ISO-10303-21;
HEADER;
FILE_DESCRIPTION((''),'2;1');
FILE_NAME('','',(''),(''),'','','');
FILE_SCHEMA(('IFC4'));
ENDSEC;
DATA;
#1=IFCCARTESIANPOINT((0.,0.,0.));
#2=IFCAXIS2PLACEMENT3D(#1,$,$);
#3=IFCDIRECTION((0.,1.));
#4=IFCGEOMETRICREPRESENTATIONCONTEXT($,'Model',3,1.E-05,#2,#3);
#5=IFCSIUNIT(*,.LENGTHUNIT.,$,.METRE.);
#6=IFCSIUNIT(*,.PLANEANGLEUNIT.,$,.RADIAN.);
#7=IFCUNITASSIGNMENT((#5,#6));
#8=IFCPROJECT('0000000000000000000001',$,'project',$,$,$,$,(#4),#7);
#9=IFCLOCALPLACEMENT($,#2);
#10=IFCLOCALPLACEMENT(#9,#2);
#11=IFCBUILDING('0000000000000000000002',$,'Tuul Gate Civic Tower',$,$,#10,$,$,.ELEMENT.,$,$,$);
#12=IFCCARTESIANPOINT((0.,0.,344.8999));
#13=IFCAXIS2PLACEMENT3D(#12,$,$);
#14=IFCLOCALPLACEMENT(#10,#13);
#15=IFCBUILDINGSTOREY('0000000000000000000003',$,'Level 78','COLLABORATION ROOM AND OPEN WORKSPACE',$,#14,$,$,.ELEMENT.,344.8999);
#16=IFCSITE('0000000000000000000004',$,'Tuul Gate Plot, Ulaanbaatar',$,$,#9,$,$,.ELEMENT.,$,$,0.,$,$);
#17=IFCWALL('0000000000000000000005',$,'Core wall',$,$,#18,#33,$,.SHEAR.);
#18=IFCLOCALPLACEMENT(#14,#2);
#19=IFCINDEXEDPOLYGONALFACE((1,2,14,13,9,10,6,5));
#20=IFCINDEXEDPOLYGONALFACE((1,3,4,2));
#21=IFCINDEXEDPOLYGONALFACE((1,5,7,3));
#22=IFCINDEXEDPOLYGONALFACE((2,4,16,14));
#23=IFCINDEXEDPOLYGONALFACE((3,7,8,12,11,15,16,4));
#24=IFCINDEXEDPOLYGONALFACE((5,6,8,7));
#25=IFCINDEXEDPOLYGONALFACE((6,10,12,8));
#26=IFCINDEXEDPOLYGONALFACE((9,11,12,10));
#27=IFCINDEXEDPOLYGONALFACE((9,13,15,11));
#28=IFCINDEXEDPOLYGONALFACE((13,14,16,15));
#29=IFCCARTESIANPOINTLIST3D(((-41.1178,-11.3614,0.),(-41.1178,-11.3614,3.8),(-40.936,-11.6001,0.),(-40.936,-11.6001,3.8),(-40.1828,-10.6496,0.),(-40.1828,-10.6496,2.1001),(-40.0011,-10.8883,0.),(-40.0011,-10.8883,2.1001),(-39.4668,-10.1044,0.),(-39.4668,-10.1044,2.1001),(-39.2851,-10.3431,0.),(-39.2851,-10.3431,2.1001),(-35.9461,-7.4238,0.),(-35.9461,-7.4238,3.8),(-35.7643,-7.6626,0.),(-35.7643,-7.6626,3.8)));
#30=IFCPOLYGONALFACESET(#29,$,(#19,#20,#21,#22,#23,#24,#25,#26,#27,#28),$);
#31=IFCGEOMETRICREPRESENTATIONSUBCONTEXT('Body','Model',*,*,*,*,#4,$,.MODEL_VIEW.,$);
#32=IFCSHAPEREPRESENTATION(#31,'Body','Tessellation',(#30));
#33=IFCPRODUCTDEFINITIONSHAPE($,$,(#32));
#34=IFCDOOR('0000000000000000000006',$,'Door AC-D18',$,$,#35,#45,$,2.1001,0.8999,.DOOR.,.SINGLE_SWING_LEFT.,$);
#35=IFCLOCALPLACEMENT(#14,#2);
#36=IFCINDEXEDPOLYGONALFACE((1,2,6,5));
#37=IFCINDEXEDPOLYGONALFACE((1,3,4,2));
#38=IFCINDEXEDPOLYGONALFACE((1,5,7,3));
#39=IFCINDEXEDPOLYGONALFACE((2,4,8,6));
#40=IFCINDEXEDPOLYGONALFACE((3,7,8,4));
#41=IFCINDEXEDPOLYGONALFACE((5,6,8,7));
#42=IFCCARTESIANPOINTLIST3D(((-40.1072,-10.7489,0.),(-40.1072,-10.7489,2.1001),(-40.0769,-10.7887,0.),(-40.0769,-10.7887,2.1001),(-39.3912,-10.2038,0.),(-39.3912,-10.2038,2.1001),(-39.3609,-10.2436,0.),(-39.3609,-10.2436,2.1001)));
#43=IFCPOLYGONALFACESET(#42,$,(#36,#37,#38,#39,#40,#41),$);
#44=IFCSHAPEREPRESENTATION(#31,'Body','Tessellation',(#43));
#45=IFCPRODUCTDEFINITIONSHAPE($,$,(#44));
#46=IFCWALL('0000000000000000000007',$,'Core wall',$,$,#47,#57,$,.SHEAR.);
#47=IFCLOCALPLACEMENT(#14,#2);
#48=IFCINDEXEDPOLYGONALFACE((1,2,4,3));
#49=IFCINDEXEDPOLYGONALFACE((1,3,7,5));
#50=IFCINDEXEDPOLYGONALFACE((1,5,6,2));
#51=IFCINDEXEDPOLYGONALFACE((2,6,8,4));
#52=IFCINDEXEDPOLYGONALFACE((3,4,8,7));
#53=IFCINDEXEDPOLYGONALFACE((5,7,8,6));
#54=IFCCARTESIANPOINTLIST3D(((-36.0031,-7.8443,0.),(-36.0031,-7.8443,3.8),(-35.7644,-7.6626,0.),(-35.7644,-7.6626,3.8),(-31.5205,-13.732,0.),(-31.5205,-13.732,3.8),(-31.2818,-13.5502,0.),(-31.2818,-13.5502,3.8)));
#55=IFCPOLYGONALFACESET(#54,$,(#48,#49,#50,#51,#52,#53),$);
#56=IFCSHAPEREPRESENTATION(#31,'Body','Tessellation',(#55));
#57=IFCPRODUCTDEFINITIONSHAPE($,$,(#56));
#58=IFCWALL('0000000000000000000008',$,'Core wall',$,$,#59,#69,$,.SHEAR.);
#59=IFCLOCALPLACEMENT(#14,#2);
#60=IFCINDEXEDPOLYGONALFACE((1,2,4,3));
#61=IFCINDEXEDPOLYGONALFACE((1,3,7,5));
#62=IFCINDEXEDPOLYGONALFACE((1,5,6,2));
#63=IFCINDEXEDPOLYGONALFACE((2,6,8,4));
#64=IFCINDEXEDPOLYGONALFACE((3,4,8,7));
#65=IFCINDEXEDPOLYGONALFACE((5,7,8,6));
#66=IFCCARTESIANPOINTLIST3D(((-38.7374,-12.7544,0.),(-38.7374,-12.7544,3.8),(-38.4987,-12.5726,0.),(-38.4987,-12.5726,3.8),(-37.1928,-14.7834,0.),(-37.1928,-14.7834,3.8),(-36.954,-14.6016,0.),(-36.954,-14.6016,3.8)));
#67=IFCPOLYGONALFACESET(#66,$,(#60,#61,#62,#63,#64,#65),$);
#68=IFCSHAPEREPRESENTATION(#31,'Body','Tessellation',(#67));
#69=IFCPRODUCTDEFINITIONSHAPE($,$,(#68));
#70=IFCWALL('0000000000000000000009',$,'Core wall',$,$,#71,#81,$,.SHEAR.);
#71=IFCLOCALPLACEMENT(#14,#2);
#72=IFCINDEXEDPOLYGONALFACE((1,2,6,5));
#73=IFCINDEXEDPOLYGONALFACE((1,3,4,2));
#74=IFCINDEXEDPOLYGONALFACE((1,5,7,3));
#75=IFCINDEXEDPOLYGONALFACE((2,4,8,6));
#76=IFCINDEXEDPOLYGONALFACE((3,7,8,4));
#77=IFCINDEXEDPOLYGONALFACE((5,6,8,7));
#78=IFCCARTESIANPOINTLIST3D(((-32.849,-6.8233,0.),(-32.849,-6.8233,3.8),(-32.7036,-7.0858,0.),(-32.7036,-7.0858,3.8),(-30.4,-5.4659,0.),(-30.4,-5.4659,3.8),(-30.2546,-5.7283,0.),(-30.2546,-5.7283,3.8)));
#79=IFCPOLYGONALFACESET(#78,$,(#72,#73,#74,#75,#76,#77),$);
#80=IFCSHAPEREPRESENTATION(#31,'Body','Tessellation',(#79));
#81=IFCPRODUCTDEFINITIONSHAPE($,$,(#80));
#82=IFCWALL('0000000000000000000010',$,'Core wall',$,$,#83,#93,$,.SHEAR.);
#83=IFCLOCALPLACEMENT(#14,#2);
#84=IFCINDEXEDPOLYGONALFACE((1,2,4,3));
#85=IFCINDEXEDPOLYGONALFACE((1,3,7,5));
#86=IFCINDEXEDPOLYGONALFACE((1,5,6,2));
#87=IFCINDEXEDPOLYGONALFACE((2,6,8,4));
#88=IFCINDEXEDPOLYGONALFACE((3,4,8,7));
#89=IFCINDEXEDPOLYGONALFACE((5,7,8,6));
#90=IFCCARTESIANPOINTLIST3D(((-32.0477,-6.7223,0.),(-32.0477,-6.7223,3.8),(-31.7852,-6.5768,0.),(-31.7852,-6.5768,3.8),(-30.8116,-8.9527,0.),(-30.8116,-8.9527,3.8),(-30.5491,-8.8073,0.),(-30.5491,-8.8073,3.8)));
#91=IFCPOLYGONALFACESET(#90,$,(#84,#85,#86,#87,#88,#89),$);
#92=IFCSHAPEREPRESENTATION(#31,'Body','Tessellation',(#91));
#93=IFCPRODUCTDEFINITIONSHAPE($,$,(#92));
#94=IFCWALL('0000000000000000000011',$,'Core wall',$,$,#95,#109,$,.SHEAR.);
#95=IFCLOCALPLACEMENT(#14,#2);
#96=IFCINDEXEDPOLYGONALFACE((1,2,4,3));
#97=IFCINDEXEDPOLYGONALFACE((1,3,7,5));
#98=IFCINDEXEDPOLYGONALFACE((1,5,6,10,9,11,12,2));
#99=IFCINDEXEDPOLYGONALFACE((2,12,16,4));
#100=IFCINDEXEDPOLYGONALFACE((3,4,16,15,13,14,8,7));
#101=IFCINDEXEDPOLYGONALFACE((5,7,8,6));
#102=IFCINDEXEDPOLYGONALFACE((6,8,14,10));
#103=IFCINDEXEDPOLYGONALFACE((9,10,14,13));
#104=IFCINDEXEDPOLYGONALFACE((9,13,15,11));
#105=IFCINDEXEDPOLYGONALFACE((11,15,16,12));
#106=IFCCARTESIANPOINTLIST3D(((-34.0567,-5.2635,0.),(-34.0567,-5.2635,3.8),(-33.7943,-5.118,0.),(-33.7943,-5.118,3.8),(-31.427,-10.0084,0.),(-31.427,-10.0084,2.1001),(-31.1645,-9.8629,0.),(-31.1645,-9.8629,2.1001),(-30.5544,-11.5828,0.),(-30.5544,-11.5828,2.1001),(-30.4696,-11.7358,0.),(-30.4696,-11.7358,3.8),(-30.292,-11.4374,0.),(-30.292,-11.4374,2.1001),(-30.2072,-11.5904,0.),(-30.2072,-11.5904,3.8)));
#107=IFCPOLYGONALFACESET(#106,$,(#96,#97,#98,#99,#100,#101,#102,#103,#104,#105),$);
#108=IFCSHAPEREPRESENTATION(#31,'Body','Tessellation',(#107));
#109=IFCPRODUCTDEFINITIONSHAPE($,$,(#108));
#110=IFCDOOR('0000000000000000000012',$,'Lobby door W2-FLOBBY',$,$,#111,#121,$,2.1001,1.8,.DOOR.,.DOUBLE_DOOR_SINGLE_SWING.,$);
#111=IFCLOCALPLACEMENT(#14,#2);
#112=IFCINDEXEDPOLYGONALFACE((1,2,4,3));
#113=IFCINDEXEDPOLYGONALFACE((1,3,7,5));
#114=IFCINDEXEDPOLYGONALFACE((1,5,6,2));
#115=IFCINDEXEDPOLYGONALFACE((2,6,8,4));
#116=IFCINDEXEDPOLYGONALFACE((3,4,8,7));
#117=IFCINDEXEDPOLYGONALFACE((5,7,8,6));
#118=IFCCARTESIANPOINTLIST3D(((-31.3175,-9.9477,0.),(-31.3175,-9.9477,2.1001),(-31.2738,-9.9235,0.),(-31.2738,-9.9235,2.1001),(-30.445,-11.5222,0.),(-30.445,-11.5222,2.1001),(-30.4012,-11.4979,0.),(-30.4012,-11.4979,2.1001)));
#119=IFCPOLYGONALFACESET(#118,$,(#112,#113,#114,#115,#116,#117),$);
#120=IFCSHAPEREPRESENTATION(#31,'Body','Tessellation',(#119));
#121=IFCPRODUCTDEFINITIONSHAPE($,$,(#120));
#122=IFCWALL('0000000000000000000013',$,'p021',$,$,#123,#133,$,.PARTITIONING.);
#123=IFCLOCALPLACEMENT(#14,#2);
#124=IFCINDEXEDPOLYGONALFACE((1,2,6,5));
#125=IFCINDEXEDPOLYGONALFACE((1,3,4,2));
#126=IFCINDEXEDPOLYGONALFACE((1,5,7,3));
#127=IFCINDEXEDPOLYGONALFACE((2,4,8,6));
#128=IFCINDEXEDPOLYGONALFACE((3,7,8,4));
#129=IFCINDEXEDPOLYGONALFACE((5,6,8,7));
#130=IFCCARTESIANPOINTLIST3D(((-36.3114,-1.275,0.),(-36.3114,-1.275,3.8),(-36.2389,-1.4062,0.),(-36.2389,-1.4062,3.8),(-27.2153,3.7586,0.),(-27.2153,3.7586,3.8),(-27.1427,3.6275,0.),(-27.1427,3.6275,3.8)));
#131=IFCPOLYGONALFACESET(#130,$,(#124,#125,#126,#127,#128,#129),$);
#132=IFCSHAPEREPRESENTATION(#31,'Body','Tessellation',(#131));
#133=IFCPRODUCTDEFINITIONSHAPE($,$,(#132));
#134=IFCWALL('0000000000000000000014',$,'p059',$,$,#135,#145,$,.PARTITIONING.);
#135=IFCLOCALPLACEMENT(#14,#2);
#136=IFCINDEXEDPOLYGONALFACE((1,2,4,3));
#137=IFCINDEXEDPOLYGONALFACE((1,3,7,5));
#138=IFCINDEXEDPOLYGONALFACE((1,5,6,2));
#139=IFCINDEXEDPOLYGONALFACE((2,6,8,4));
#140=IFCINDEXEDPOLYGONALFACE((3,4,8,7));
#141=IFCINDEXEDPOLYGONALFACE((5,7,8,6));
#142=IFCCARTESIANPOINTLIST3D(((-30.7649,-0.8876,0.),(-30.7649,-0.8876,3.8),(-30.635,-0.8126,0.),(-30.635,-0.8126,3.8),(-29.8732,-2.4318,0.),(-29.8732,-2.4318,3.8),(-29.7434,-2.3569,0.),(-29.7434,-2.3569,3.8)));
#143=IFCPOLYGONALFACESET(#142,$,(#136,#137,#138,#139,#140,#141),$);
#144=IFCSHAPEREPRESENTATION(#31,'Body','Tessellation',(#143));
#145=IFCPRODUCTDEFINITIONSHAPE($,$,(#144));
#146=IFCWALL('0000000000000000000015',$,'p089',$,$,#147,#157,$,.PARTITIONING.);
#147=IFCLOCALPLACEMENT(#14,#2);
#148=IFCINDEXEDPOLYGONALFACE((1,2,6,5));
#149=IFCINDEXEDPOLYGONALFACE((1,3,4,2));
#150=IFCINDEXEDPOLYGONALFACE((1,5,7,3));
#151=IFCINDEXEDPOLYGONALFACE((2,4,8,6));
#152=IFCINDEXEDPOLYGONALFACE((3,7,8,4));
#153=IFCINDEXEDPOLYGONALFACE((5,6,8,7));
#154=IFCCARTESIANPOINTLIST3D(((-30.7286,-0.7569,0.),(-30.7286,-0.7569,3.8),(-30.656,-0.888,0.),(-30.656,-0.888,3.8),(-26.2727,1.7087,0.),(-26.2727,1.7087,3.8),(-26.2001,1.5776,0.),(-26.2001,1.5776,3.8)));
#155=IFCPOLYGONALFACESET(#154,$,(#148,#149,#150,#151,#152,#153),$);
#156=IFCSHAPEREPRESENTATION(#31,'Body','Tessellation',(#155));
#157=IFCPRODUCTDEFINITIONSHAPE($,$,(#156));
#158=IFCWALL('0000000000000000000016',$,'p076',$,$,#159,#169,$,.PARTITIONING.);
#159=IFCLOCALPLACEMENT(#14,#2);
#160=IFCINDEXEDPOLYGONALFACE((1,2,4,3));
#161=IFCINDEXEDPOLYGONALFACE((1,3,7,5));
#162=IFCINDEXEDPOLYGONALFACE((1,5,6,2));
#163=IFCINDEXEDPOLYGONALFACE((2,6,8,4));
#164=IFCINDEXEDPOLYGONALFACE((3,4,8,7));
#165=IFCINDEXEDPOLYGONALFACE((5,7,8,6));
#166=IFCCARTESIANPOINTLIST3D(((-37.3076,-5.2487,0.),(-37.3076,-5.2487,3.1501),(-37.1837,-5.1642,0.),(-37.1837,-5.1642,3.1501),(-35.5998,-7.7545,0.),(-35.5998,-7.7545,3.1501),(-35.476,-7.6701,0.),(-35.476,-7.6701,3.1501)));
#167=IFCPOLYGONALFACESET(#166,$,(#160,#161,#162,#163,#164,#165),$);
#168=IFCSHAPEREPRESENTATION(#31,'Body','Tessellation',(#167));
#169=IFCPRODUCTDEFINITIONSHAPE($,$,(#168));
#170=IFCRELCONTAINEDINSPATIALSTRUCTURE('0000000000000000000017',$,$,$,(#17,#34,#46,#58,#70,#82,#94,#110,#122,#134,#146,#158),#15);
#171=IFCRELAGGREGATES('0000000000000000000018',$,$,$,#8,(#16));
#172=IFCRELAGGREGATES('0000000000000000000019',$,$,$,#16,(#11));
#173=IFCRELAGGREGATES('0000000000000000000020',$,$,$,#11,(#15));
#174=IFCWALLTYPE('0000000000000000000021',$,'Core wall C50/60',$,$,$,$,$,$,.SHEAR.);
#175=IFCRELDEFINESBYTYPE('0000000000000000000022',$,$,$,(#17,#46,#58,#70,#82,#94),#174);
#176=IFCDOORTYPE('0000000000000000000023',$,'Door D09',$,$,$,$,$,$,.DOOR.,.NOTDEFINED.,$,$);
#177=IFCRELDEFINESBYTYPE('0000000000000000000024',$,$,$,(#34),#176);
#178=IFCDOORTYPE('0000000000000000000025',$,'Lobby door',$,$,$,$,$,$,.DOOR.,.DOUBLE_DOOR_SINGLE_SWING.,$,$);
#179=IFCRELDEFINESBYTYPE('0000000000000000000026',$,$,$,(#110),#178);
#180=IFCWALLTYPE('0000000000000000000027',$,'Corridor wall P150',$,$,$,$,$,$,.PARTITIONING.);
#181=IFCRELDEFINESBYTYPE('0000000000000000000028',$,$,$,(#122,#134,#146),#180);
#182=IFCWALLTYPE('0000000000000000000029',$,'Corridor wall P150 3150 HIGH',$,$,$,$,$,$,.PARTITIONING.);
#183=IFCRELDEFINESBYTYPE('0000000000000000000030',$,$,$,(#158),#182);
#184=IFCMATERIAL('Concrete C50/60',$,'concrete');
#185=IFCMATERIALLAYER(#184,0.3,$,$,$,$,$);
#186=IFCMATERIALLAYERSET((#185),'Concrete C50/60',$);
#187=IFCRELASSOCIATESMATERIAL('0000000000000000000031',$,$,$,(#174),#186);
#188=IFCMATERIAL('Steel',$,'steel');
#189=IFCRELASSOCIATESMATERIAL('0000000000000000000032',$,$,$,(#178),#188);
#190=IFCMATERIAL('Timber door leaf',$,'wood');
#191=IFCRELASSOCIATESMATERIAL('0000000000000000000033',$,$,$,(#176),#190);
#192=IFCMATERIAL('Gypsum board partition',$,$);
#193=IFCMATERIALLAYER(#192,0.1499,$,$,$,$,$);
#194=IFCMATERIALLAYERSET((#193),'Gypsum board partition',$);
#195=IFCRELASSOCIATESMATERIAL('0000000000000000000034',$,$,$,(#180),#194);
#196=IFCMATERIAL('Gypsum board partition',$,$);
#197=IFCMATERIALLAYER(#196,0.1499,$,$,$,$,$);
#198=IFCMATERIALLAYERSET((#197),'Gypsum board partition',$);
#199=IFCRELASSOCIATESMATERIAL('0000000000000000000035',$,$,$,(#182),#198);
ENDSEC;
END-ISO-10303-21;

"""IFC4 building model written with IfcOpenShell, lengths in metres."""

from ifc_helpers import new_model, si_unit, direction, frame, frame_2d, origin, place, context, subcontext, project, spatial, rectangle, extrude, material, layer, layer_set, type_object, element, fill, save


model = new_model("IFC4")

# Units and contexts
model_context = context("Model", 3, precision=1e-05, world=origin(), true_north=direction((0.0, 1.0)))
body_context = subcontext(model_context, "Body", "Model", "MODEL_VIEW")
ifc_project = project(units=[si_unit("LENGTHUNIT", "METRE"), si_unit("PLANEANGLEUNIT", "RADIAN")], contexts=[model_context])

# Site, building, storey
site_placement = place(None, origin())
site = spatial("IfcSite", under=ifc_project, at=site_placement, Name="Tuul Gate Plot, Ulaanbaatar", CompositionType="ELEMENT", RefElevation=0.0)
building_placement = place(site_placement, origin())
building = spatial("IfcBuilding", under=site, at=building_placement, Name="Tuul Gate Civic Tower", CompositionType="ELEMENT")
storey_placement = place(building_placement, frame((0.0, 0.0, 344.8999)))
storey = spatial("IfcBuildingStorey", under=building, at=storey_placement, Name="Level 78", Description="COLLABORATION ROOM AND OPEN WORKSPACE", CompositionType="ELEMENT", Elevation=344.8999)

# Shared definitions
ifc_material_1 = material(Name="Concrete C50/60", Category="concrete")
ifc_layer_1 = layer(ifc_material_1, 0.3)
ifc_layer_set_1 = layer_set([ifc_layer_1], Name="Concrete C50/60")
wall_type_1 = type_object("IfcWallType", Name="Core wall C50/60", PredefinedType="SHEAR", material=ifc_layer_set_1)
ifc_material_2 = material(Name="Steel", Category="steel")
door_type_1 = type_object("IfcDoorType", Name="Lobby door", OperationType="DOUBLE_DOOR_SINGLE_SWING", PredefinedType="DOOR", material=ifc_material_2)

# Wall, opening, door
wall_1_placement = place(storey_placement, frame((-35.8552, -7.5432, 0.0), z_axis=(0.0, 0.0, 1.0), x_axis=(-0.795639, -0.605772, 0.0)))
wall_1 = element("IfcWall", 1, at=wall_1_placement, inside=storey, type_object=wall_type_1, Name="Core wall", PredefinedType="SHEAR", context=body_context, shape_type="SweptSolid", body=[
    extrude(rectangle(XDim=6.5, YDim=0.3, at=frame_2d((3.25, 0.0))), origin(), (0.0, 0.0, 1.0), 3.8),
])
opening_1_placement = place(wall_1_placement, frame((4.425, 0.0, 0.0)))
opening_1 = element("IfcOpeningElement", 2, at=opening_1_placement, cuts=wall_1, PredefinedType="OPENING", context=body_context, shape_type="SweptSolid", body=[
    extrude(rectangle(XDim=0.8999, YDim=2.1001, at=frame_2d((0.45, 1.05))), frame((0.0, 0.1602, 0.0), z_axis=(0.0, -1.0, 0.0), x_axis=(1.0, 0.0, 0.0)), (0.0, 0.0, 1.0), 0.3201),
])
ifc_material_3 = material(Name="Timber door leaf", Category="wood")
door_type_2 = type_object("IfcDoorType", Name="Door D09", OperationType="NOTDEFINED", PredefinedType="DOOR", material=ifc_material_3)
door_1_placement = place(opening_1_placement, origin())
door_1 = element("IfcDoor", 3, at=door_1_placement, inside=storey, type_object=door_type_2, Name="Door AC-D18", OperationType="SINGLE_SWING_LEFT", OverallHeight=2.1001, OverallWidth=0.8999, PredefinedType="DOOR", context=body_context, shape_type="SweptSolid", body=[
    extrude(rectangle(XDim=0.8999, YDim=2.1001, at=frame_2d((0.45, 1.05))), frame((0.0, 0.0249, 0.0), z_axis=(0.0, -1.0, 0.0), x_axis=(1.0, 0.0, 0.0)), (0.0, 0.0, 1.0), 0.05),
])
fill(opening_1, door_1)

# Walls
wall_2_placement = place(storey_placement, frame((-31.4011, -13.6411, 0.0), z_axis=(0.0, 0.0, 1.0), x_axis=(-0.60577, 0.79564, 0.0)))
element("IfcWall", 4, at=wall_2_placement, inside=storey, type_object=wall_type_1, Name="Core wall", PredefinedType="SHEAR", context=body_context, shape_type="SweptSolid", body=[
    extrude(rectangle(XDim=7.3999, YDim=0.3, at=frame_2d((3.7, 0.0))), origin(), (0.0, 0.0, 1.0), 3.8),
])
wall_3_placement = place(storey_placement, frame((-37.0735, -14.6924, 0.0), z_axis=(0.0, 0.0, 1.0), x_axis=(-0.605729, 0.795671, 0.0)))
element("IfcWall", 5, at=wall_3_placement, inside=storey, type_object=wall_type_1, Name="Core wall", PredefinedType="SHEAR", context=body_context, shape_type="SweptSolid", body=[
    extrude(rectangle(XDim=2.55, YDim=0.3, at=frame_2d((1.2749, 0.0))), origin(), (0.0, 0.0, 1.0), 3.8),
])
wall_4_placement = place(storey_placement, frame((-30.3274, -5.5972, 0.0), z_axis=(0.0, 0.0, 1.0), x_axis=(-0.87463, -0.484791, 0.0)))
element("IfcWall", 6, at=wall_4_placement, inside=storey, type_object=wall_type_1, Name="Core wall", PredefinedType="SHEAR", context=body_context, shape_type="SweptSolid", body=[
    extrude(rectangle(XDim=2.8, YDim=0.3, at=frame_2d((1.3999, 0.0))), origin(), (0.0, 0.0, 1.0), 3.8),
])
wall_5_placement = place(storey_placement, frame((-30.6804, -8.8799, 0.0), z_axis=(0.0, 0.0, 1.0), x_axis=(-0.484724, 0.874667, 0.0)))
element("IfcWall", 7, at=wall_5_placement, inside=storey, type_object=wall_type_1, Name="Core wall", PredefinedType="SHEAR", context=body_context, shape_type="SweptSolid", body=[
    extrude(rectangle(XDim=2.55, YDim=0.3, at=frame_2d((1.2749, 0.0))), origin(), (0.0, 0.0, 1.0), 3.8),
])

# Wall, opening, door
wall_6_placement = place(storey_placement, frame((-30.3384, -11.6631, 0.0), z_axis=(0.0, 0.0, 1.0), x_axis=(-0.484752, 0.874652, 0.0)))
wall_6 = element("IfcWall", 8, at=wall_6_placement, inside=storey, type_object=wall_type_1, Name="Core wall", PredefinedType="SHEAR", context=body_context, shape_type="SweptSolid", body=[
    extrude(rectangle(XDim=7.3999, YDim=0.3, at=frame_2d((3.7, 0.0))), origin(), (0.0, 0.0, 1.0), 3.8),
])
opening_2_placement = place(wall_6_placement, frame((0.175, 0.0, 0.0)))
opening_2 = element("IfcOpeningElement", 9, at=opening_2_placement, cuts=wall_6, PredefinedType="OPENING", context=body_context, shape_type="SweptSolid", body=[
    extrude(rectangle(XDim=1.8, YDim=2.1001, at=frame_2d((0.8999, 1.05))), frame((0.0, 0.1602, 0.0), z_axis=(0.0, -1.0, 0.0), x_axis=(1.0, 0.0, 0.0)), (0.0, 0.0, 1.0), 0.3201),
])
door_2_placement = place(opening_2_placement, origin())
door_2 = element("IfcDoor", 10, at=door_2_placement, inside=storey, type_object=door_type_1, Name="Lobby door W2-FLOBBY", OperationType="DOUBLE_DOOR_SINGLE_SWING", OverallHeight=2.1001, OverallWidth=1.8, PredefinedType="DOOR", context=body_context, shape_type="SweptSolid", body=[
    extrude(rectangle(XDim=1.8, YDim=2.1001, at=frame_2d((0.8999, 1.05))), frame((0.0, 0.0249, 0.0), z_axis=(0.0, -1.0, 0.0), x_axis=(1.0, 0.0, 0.0)), (0.0, 0.0, 1.0), 0.05),
])
fill(opening_2, door_2)

# Walls
ifc_material_4 = material(Name="Gypsum board partition")
ifc_layer_2 = layer(ifc_material_4, 0.1499)
ifc_layer_set_2 = layer_set([ifc_layer_2], Name="Gypsum board partition")
wall_type_2 = type_object("IfcWallType", Name="Corridor wall P150", PredefinedType="PARTITIONING", material=ifc_layer_set_2)
wall_7_placement = place(storey_placement, frame((-36.2751, -1.3406, 0.0), z_axis=(0.0, 0.0, 1.0), x_axis=(0.874962, 0.484191, 0.0)))
element("IfcWall", 11, at=wall_7_placement, inside=storey, type_object=wall_type_2, Name="p021", PredefinedType="PARTITIONING", context=body_context, shape_type="SweptSolid", body=[
    extrude(rectangle(XDim=10.396, YDim=0.1499, at=frame_2d((5.198, 0.0))), origin(), (0.0, 0.0, 1.0), 3.8),
])
wall_8_placement = place(storey_placement, frame((-30.7, -0.8501, 0.0), z_axis=(0.0, 0.0, 1.0), x_axis=(0.500027, -0.86601, 0.0)))
element("IfcWall", 12, at=wall_8_placement, inside=storey, type_object=wall_type_2, Name="p059", PredefinedType="PARTITIONING", context=body_context, shape_type="SweptSolid", body=[
    extrude(rectangle(XDim=1.7832, YDim=0.1499, at=frame_2d((0.8916, 0.0))), origin(), (0.0, 0.0, 1.0), 3.8),
])
wall_9_placement = place(storey_placement, frame((-30.6924, -0.8225, 0.0), z_axis=(0.0, 0.0, 1.0), x_axis=(0.874979, 0.484161, 0.0)))
element("IfcWall", 13, at=wall_9_placement, inside=storey, type_object=wall_type_2, Name="p089", PredefinedType="PARTITIONING", context=body_context, shape_type="SweptSolid", body=[
    extrude(rectangle(XDim=5.0925, YDim=0.1499, at=frame_2d((2.5464, 0.0))), origin(), (0.0, 0.0, 1.0), 3.8),
])
ifc_material_5 = material(Name="Gypsum board partition")
ifc_layer_3 = layer(ifc_material_5, 0.1499)
ifc_layer_set_3 = layer_set([ifc_layer_3], Name="Gypsum board partition")
wall_type_3 = type_object("IfcWallType", Name="Corridor wall P150 3150 HIGH", PredefinedType="PARTITIONING", material=ifc_layer_set_3)
wall_10_placement = place(storey_placement, frame((-37.2456, -5.2065, 0.0), z_axis=(0.0, 0.0, 1.0), x_axis=(0.563162, -0.826347, 0.0)))
element("IfcWall", 14, at=wall_10_placement, inside=storey, type_object=wall_type_3, Name="p076", PredefinedType="PARTITIONING", context=body_context, shape_type="SweptSolid", body=[
    extrude(rectangle(XDim=3.0325, YDim=0.1499, at=frame_2d((1.5161, 0.0))), origin(), (0.0, 0.0, 1.0), 3.1501),
])

save(model, "model.ifc")
